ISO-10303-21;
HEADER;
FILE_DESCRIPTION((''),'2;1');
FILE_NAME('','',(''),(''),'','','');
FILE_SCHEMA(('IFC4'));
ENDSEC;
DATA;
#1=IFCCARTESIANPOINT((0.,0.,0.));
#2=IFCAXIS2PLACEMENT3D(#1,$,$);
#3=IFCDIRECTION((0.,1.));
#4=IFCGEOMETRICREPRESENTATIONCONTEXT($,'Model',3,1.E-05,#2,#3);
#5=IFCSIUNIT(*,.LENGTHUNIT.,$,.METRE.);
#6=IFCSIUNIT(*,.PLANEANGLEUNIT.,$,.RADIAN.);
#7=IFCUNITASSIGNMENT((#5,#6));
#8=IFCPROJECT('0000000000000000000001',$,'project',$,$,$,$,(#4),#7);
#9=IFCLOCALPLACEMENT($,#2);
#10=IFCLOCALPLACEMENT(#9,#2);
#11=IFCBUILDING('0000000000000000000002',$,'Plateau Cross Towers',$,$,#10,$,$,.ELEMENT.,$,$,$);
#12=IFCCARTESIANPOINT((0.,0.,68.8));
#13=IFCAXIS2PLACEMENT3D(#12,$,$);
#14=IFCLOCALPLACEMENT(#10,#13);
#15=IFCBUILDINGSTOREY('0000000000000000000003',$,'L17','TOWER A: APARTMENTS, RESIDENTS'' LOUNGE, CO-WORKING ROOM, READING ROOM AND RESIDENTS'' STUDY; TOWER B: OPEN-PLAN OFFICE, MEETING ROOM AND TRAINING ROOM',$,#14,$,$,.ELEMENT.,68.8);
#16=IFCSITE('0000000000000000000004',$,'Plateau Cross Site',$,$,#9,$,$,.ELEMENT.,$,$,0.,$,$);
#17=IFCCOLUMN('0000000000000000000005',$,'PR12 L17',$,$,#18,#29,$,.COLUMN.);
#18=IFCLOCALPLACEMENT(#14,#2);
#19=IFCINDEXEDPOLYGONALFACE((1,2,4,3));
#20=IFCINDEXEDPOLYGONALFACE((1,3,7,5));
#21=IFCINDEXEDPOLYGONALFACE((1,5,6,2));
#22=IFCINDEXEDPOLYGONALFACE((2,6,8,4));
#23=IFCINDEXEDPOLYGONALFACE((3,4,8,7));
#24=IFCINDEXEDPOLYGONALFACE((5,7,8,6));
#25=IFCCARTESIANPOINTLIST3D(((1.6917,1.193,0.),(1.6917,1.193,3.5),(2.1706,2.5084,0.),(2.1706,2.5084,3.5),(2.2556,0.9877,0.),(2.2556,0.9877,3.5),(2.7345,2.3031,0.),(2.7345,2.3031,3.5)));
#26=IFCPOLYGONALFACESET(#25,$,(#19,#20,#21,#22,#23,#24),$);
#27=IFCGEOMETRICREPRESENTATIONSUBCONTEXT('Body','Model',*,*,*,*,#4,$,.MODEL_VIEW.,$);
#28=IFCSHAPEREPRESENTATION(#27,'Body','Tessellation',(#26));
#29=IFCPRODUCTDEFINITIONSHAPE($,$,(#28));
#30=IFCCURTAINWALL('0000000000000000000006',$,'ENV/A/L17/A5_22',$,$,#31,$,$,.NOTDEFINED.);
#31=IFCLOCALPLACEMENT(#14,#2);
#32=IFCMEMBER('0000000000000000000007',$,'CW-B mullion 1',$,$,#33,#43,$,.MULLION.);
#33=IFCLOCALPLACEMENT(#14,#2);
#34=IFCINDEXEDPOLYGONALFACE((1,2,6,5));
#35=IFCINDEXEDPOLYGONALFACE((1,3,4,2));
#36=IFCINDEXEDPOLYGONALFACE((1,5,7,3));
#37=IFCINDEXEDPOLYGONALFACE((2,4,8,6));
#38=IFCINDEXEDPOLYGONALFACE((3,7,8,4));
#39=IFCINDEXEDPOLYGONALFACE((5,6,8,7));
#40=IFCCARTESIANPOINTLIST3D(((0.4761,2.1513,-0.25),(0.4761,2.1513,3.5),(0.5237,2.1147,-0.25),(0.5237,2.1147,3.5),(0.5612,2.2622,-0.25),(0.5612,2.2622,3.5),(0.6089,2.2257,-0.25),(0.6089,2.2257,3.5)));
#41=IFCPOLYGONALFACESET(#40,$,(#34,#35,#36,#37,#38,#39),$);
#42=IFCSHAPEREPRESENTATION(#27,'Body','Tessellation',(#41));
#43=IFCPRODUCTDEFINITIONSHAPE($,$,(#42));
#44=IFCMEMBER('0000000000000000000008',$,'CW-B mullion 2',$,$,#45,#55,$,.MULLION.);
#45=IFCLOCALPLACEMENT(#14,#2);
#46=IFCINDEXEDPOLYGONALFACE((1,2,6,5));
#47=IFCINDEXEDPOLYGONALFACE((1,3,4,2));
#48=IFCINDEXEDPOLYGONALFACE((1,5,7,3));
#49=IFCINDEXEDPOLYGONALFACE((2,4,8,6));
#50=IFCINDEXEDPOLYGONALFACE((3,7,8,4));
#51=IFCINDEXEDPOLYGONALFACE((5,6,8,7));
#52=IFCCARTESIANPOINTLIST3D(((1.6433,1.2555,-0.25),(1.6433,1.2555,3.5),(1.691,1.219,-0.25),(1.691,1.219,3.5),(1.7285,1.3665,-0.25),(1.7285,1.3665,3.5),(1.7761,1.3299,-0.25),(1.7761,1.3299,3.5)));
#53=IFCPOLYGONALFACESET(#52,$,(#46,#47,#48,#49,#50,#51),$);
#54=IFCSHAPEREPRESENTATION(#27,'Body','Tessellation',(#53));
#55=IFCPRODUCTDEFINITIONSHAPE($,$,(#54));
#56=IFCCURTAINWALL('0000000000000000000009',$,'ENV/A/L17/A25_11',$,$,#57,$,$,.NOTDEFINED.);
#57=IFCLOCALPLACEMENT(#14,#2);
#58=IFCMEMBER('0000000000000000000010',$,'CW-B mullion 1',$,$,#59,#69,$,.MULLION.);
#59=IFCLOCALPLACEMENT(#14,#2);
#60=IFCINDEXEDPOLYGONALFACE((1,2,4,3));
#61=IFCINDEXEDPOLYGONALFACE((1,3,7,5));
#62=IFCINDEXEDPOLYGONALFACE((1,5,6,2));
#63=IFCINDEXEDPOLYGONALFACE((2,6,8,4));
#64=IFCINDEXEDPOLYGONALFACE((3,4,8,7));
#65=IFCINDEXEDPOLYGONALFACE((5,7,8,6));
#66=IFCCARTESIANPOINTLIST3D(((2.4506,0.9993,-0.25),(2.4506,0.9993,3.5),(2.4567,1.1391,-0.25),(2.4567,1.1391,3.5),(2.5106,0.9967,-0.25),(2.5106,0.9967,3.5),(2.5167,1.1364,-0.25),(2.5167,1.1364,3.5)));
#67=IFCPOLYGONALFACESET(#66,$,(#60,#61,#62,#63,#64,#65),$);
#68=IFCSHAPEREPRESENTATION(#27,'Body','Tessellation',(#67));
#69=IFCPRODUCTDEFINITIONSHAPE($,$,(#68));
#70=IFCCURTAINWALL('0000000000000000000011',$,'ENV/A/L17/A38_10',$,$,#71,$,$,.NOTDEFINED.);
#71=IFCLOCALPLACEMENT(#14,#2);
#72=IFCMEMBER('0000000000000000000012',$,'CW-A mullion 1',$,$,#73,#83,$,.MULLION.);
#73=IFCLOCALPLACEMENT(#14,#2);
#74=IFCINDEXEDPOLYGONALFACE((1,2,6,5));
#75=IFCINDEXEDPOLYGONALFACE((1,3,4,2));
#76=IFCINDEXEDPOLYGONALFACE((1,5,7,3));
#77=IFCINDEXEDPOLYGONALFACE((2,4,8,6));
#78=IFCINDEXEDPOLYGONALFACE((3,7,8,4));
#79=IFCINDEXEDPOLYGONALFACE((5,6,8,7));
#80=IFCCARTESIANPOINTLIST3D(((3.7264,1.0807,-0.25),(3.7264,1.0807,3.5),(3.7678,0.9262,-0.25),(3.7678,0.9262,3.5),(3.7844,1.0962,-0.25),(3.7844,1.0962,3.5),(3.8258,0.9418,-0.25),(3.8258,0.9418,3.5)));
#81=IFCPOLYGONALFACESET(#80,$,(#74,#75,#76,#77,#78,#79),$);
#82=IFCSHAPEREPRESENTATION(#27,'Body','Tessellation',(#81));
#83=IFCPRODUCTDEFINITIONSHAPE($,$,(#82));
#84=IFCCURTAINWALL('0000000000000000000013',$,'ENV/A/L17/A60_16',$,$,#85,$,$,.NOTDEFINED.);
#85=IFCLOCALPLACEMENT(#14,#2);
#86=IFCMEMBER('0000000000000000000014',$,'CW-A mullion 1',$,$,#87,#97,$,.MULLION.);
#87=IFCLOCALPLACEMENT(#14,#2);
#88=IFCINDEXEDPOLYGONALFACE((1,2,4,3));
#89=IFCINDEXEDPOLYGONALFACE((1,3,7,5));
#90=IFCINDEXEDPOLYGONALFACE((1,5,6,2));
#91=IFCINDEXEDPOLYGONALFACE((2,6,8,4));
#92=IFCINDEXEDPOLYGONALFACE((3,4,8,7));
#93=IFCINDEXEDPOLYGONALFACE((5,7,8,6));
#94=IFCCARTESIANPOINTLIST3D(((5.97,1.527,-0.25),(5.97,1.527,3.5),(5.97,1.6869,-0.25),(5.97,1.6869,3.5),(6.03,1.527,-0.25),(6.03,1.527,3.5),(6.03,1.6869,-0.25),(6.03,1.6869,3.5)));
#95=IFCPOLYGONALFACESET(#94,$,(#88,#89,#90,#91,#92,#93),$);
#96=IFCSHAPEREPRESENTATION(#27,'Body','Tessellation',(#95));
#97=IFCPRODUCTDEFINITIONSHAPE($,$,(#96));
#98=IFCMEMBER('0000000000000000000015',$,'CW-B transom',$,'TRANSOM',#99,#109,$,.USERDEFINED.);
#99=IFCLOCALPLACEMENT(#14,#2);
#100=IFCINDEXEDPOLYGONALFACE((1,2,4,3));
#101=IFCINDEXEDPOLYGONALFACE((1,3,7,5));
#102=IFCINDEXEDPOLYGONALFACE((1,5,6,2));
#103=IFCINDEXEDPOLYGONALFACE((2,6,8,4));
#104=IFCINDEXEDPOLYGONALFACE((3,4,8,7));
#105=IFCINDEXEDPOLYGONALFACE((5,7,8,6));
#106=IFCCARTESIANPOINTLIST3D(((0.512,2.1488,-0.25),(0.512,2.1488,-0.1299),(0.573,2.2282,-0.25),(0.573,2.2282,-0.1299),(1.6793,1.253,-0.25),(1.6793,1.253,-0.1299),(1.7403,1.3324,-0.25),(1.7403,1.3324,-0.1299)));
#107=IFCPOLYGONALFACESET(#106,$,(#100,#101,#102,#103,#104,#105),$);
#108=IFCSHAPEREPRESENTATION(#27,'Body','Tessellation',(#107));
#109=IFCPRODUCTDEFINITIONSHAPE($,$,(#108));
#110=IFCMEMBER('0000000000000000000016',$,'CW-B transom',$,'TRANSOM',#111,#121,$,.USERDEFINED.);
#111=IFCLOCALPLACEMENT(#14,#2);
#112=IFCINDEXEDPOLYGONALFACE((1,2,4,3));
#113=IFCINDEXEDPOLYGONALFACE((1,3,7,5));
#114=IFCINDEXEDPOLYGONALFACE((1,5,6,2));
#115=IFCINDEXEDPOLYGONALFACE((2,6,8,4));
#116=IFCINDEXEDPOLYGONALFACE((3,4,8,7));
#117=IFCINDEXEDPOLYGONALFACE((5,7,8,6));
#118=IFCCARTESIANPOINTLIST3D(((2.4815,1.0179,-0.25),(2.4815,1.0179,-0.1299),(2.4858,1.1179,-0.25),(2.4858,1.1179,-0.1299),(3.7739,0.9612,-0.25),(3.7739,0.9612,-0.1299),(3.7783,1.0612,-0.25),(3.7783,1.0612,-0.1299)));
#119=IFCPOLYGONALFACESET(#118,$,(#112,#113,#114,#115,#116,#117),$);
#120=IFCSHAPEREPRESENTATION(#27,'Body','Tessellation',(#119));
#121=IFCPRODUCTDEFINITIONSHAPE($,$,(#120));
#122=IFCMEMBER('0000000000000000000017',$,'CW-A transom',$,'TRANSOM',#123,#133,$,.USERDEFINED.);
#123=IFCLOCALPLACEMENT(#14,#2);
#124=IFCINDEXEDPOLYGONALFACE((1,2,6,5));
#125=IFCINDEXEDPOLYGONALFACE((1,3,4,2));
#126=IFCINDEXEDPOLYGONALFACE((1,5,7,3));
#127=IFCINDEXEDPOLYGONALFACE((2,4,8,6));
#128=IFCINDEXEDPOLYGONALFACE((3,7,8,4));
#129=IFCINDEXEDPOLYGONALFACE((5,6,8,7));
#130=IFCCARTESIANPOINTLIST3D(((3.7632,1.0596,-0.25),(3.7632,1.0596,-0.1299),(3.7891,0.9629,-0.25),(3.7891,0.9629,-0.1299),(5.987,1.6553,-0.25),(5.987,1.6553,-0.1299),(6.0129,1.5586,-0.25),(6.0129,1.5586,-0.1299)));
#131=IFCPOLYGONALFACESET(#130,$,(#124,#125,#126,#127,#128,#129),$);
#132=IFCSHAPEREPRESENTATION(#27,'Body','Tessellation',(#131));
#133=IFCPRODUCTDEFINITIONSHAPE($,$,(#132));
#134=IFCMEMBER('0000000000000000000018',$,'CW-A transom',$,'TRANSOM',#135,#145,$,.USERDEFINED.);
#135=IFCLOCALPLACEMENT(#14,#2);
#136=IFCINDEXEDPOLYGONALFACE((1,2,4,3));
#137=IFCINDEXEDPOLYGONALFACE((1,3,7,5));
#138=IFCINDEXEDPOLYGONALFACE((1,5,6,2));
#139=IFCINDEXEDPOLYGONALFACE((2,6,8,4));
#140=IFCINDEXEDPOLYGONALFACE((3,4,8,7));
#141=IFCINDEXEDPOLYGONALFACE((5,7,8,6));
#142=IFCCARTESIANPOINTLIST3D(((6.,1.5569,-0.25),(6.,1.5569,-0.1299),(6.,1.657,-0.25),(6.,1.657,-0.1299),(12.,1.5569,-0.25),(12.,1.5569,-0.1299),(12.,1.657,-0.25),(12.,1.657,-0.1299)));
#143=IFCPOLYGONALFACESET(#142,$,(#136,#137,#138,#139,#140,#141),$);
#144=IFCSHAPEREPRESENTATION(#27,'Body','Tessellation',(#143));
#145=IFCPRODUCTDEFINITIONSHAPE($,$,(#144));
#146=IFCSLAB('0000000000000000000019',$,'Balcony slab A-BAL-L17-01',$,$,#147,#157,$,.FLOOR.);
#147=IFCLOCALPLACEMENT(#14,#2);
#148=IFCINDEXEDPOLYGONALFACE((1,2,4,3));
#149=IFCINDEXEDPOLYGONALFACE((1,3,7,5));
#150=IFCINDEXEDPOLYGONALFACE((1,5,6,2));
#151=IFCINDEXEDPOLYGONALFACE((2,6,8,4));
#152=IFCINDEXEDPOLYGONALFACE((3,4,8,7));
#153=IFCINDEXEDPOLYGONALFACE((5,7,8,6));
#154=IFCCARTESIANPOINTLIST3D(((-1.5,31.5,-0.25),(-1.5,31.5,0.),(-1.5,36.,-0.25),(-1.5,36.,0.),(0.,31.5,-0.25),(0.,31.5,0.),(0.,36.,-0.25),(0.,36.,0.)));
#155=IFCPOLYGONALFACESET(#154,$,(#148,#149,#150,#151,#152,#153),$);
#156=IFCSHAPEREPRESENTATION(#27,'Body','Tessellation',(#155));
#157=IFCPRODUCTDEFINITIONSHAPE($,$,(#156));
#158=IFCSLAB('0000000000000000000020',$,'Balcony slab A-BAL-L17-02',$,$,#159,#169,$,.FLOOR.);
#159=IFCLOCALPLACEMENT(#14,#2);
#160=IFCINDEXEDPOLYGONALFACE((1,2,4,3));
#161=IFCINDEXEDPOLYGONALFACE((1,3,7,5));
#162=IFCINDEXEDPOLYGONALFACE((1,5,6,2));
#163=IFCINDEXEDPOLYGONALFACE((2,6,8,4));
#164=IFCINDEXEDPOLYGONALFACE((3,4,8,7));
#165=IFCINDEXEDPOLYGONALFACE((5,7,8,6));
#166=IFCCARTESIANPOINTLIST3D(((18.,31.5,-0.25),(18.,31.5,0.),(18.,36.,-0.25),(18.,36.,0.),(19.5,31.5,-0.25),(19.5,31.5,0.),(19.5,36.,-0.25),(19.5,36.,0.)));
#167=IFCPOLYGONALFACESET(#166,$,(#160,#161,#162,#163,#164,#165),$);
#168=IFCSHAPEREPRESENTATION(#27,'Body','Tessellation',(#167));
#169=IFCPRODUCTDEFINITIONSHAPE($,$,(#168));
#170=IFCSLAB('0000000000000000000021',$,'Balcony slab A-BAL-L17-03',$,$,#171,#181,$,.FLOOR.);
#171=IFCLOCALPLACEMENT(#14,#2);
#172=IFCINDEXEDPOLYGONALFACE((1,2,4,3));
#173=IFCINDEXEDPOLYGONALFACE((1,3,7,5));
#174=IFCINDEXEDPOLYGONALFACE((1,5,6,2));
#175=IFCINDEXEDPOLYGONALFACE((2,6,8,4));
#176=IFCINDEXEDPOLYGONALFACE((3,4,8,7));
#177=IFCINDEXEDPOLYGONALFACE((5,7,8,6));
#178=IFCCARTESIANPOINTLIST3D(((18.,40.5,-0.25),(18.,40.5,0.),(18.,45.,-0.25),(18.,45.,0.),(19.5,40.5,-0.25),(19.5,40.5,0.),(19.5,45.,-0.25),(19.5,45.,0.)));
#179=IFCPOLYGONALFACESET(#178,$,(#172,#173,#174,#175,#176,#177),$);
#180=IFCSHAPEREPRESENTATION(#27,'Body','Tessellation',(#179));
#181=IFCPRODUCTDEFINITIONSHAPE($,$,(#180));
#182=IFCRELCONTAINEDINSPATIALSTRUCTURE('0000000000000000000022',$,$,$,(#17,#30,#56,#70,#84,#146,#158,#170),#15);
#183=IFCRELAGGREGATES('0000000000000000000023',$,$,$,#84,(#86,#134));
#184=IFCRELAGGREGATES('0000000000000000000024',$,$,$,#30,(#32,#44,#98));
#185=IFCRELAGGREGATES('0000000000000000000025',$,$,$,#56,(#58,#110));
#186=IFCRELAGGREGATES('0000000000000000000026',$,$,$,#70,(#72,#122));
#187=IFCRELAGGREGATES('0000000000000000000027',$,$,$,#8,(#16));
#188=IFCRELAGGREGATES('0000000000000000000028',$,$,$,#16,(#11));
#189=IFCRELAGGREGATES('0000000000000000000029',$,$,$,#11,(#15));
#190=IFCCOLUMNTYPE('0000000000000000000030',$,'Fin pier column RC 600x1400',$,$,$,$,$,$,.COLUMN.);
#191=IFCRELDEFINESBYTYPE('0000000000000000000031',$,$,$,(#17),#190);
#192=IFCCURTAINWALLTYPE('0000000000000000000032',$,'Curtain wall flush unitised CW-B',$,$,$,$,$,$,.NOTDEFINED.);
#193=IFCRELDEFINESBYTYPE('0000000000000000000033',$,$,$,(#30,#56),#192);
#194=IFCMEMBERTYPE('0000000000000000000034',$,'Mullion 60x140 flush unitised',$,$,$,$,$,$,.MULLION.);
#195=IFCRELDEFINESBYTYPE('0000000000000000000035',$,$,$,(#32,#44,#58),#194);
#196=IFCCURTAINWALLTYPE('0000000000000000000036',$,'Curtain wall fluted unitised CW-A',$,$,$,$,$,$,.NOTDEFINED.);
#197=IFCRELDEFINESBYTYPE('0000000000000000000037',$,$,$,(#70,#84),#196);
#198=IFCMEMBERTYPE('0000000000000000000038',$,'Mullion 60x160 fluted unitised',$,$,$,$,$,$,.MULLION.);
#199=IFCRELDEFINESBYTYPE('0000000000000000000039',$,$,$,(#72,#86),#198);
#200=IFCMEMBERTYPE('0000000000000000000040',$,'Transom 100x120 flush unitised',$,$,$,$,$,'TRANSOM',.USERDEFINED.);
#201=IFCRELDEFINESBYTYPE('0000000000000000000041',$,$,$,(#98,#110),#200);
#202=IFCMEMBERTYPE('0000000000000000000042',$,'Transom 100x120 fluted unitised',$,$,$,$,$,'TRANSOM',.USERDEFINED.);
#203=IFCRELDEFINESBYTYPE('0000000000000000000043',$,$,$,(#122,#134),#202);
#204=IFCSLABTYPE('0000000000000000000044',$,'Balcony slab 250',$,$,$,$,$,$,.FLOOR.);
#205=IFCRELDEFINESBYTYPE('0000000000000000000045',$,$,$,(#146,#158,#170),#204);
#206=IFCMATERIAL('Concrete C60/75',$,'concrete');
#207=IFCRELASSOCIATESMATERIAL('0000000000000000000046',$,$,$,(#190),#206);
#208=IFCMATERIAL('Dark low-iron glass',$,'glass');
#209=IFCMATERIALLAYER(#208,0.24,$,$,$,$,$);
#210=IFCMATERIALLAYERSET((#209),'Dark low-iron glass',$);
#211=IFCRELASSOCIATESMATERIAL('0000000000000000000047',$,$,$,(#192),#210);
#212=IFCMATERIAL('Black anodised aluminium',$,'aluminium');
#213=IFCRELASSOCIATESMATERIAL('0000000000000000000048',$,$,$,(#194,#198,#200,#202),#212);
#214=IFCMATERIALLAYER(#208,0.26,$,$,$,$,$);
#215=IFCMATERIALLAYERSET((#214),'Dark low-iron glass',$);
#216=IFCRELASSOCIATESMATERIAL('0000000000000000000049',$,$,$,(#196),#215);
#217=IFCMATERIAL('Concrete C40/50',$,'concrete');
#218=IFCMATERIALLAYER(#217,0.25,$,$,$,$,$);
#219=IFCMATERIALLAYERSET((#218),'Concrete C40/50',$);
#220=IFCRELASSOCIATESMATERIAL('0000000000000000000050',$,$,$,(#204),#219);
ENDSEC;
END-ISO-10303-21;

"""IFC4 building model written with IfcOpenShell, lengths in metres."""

from ifc_helpers import new_model, si_unit, direction, frame, origin, origin_2d, place, context, subcontext, project, spatial, polyline, rectangle, outline, extrude, material, layer, layer_set, material_profile, profile_set, type_object, element, aggregate, save


model = new_model("IFC4")

# Units and contexts
model_context = context("Model", 3, precision=1e-05, world=origin(), true_north=direction((0.0, 1.0)))
body_context = subcontext(model_context, "Body", "Model", "MODEL_VIEW")
ifc_project = project(units=[si_unit("LENGTHUNIT", "METRE"), si_unit("PLANEANGLEUNIT", "RADIAN")], contexts=[model_context])

# Site, building, storey
site_placement = place(None, origin())
site = spatial("IfcSite", under=ifc_project, at=site_placement, Name="Plateau Cross Site", CompositionType="ELEMENT", RefElevation=0.0)
building_placement = place(site_placement, origin())
building = spatial("IfcBuilding", under=site, at=building_placement, Name="Plateau Cross Towers", CompositionType="ELEMENT")
storey_placement = place(building_placement, frame((0.0, 0.0, 68.8)))
storey = spatial("IfcBuildingStorey", under=building, at=storey_placement, Name="L17", Description="TOWER A: APARTMENTS, RESIDENTS' LOUNGE, CO-WORKING ROOM, READING ROOM AND RESIDENTS' STUDY; TOWER B: OPEN-PLAN OFFICE, MEETING ROOM AND TRAINING ROOM", CompositionType="ELEMENT", Elevation=68.8)

# Column
ifc_material_1 = material(Name="Concrete C60/75", Category="concrete")
ifc_material_profile_1 = material_profile(ifc_material_1, rectangle(XDim=0.6001, YDim=1.3999, at=origin_2d()), Name="RC 600x1400")
ifc_profile_set_1 = profile_set([ifc_material_profile_1], Name="Concrete C60/75")
column_type = type_object("IfcColumnType", Name="Fin pier column RC 600x1400", PredefinedType="COLUMN", material=ifc_profile_set_1)
column_placement = place(storey_placement, frame((2.2131, 1.748, 0.0), z_axis=(0.0, 0.0, 1.0), x_axis=(-0.939664, 0.342098, 0.0)))
element("IfcColumn", 1, at=column_placement, inside=storey, type_object=column_type, Name="PR12 L17", PredefinedType="COLUMN", context=body_context, shape_type="SweptSolid", body=[
    extrude(rectangle(XDim=0.6001, YDim=1.3999, at=origin_2d()), origin(), (0.0, 0.0, 1.0), 3.5),
])

# Curtain wall, members
ifc_material_2 = material(Name="Dark low-iron glass", Category="glass")
ifc_layer_1 = layer(ifc_material_2, 0.24)
ifc_layer_set_1 = layer_set([ifc_layer_1], Name="Dark low-iron glass")
curtain_wall_type_1 = type_object("IfcCurtainWallType", Name="Curtain wall flush unitised CW-B", PredefinedType="NOTDEFINED", material=ifc_layer_set_1)
curtain_wall_1_placement = place(storey_placement, origin())
curtain_wall_1 = element("IfcCurtainWall", 2, at=curtain_wall_1_placement, inside=storey, type_object=curtain_wall_type_1, Name="ENV/A/L17/A5_22", PredefinedType="NOTDEFINED")
ifc_material_3 = material(Name="Black anodised aluminium", Category="aluminium")
ifc_material_profile_2 = material_profile(ifc_material_3, rectangle(XDim=0.0601, YDim=0.1399, at=origin_2d()), Name="MULLION 60x140")
ifc_profile_set_2 = profile_set([ifc_material_profile_2], Name="Black anodised aluminium")
member_type_1 = type_object("IfcMemberType", Name="Mullion 60x140 flush unitised", PredefinedType="MULLION", material=ifc_profile_set_2)
member_1_placement = place(storey_placement, frame((0.5425, 2.1885, -0.25), z_axis=(0.0, 0.0, 1.0), x_axis=(0.793316, -0.608811, 0.0)))
member_1 = element("IfcMember", 3, at=member_1_placement, type_object=member_type_1, Name="CW-B mullion 1", PredefinedType="MULLION", context=body_context, shape_type="SweptSolid", body=[
    extrude(rectangle(XDim=0.0601, YDim=0.1399, at=origin_2d()), origin(), (0.0, 0.0, 1.0), 3.75),
])
member_2_placement = place(storey_placement, frame((1.7097, 1.2927, -0.25), z_axis=(0.0, 0.0, 1.0), x_axis=(0.793316, -0.608811, 0.0)))
member_2 = element("IfcMember", 4, at=member_2_placement, type_object=member_type_1, Name="CW-B mullion 2", PredefinedType="MULLION", context=body_context, shape_type="SweptSolid", body=[
    extrude(rectangle(XDim=0.0601, YDim=0.1399, at=origin_2d()), origin(), (0.0, 0.0, 1.0), 3.75),
])

# Curtain walls, members
curtain_wall_2_placement = place(storey_placement, origin())
curtain_wall_2 = element("IfcCurtainWall", 5, at=curtain_wall_2_placement, inside=storey, type_object=curtain_wall_type_1, Name="ENV/A/L17/A25_11", PredefinedType="NOTDEFINED")
member_3_placement = place(storey_placement, frame((2.4836, 1.0679, -0.25), z_axis=(0.0, 0.0, 1.0), x_axis=(0.999044, -0.043723, 0.0)))
member_3 = element("IfcMember", 6, at=member_3_placement, type_object=member_type_1, Name="CW-B mullion 1", PredefinedType="MULLION", context=body_context, shape_type="SweptSolid", body=[
    extrude(rectangle(XDim=0.0601, YDim=0.1399, at=origin_2d()), origin(), (0.0, 0.0, 1.0), 3.75),
])
ifc_layer_2 = layer(ifc_material_2, 0.26)
ifc_layer_set_2 = layer_set([ifc_layer_2], Name="Dark low-iron glass")
curtain_wall_type_2 = type_object("IfcCurtainWallType", Name="Curtain wall fluted unitised CW-A", PredefinedType="NOTDEFINED", material=ifc_layer_set_2)
curtain_wall_3_placement = place(storey_placement, origin())
curtain_wall_3 = element("IfcCurtainWall", 7, at=curtain_wall_3_placement, inside=storey, type_object=curtain_wall_type_2, Name="ENV/A/L17/A38_10", PredefinedType="NOTDEFINED")
ifc_material_profile_3 = material_profile(ifc_material_3, rectangle(XDim=0.0601, YDim=0.1599, at=origin_2d()), Name="MULLION 60x160")
ifc_profile_set_3 = profile_set([ifc_material_profile_3], Name="Black anodised aluminium")
member_type_2 = type_object("IfcMemberType", Name="Mullion 60x160 fluted unitised", PredefinedType="MULLION", material=ifc_profile_set_3)
member_4_placement = place(storey_placement, frame((3.7761, 1.0112, -0.25), z_axis=(0.0, 0.0, 1.0), x_axis=(0.965958, 0.258699, 0.0)))
member_4 = element("IfcMember", 8, at=member_4_placement, type_object=member_type_2, Name="CW-A mullion 1", PredefinedType="MULLION", context=body_context, shape_type="SweptSolid", body=[
    extrude(rectangle(XDim=0.0601, YDim=0.1599, at=origin_2d()), origin(), (0.0, 0.0, 1.0), 3.75),
])
curtain_wall_4_placement = place(storey_placement, origin())
curtain_wall_4 = element("IfcCurtainWall", 9, at=curtain_wall_4_placement, inside=storey, type_object=curtain_wall_type_2, Name="ENV/A/L17/A60_16", PredefinedType="NOTDEFINED")
member_5_placement = place(storey_placement, frame((6.0, 1.6069, -0.25), z_axis=(0.0, 0.0, 1.0), x_axis=(1.0, 0.0, 0.0)))
member_5 = element("IfcMember", 10, at=member_5_placement, type_object=member_type_2, Name="CW-A mullion 1", PredefinedType="MULLION", context=body_context, shape_type="SweptSolid", body=[
    extrude(rectangle(XDim=0.0601, YDim=0.1599, at=origin_2d()), origin(), (0.0, 0.0, 1.0), 3.75),
])

# Members
ifc_material_profile_4 = material_profile(ifc_material_3, rectangle(XDim=0.1001, YDim=0.1201, at=origin_2d()), Name="TRANSOM 100x120")
ifc_profile_set_4 = profile_set([ifc_material_profile_4], Name="Black anodised aluminium")
member_type_3 = type_object("IfcMemberType", Name="Transom 100x120 flush unitised", ElementType="TRANSOM", PredefinedType="USERDEFINED", material=ifc_profile_set_4)
member_6_placement = place(storey_placement, frame((0.5425, 2.1885, -0.1899), z_axis=(0.793321, -0.608804, 0.0), x_axis=(0.608804, 0.793321, 0.0)))
member_6 = element("IfcMember", 11, at=member_6_placement, type_object=member_type_3, Name="CW-B transom", ObjectType="TRANSOM", PredefinedType="USERDEFINED", context=body_context, shape_type="SweptSolid", body=[
    extrude(rectangle(XDim=0.1001, YDim=0.1201, at=origin_2d()), origin(), (0.0, 0.0, 1.0), 1.4714),
])
member_7_placement = place(storey_placement, frame((2.4836, 1.0679, -0.1899), z_axis=(0.999041, -0.043781, 0.0), x_axis=(0.043781, 0.999041, 0.0)))
member_7 = element("IfcMember", 12, at=member_7_placement, type_object=member_type_3, Name="CW-B transom", ObjectType="TRANSOM", PredefinedType="USERDEFINED", context=body_context, shape_type="SweptSolid", body=[
    extrude(rectangle(XDim=0.1001, YDim=0.1201, at=origin_2d()), origin(), (0.0, 0.0, 1.0), 1.2937),
])
ifc_material_profile_5 = material_profile(ifc_material_3, rectangle(XDim=0.1001, YDim=0.1201, at=origin_2d()), Name="TRANSOM 100x120")
ifc_profile_set_5 = profile_set([ifc_material_profile_5], Name="Black anodised aluminium")
member_type_4 = type_object("IfcMemberType", Name="Transom 100x120 fluted unitised", ElementType="TRANSOM", PredefinedType="USERDEFINED", material=ifc_profile_set_5)
member_8_placement = place(storey_placement, frame((3.7761, 1.0112, -0.1899), z_axis=(0.965946, 0.258745, 0.0), x_axis=(-0.258745, 0.965946, 0.0)))
member_8 = element("IfcMember", 13, at=member_8_placement, type_object=member_type_4, Name="CW-A transom", ObjectType="TRANSOM", PredefinedType="USERDEFINED", context=body_context, shape_type="SweptSolid", body=[
    extrude(rectangle(XDim=0.1001, YDim=0.1201, at=origin_2d()), origin(), (0.0, 0.0, 1.0), 2.3022),
])
member_9_placement = place(storey_placement, frame((6.0, 1.6069, -0.1899), z_axis=(1.0, 0.0, 0.0), x_axis=(0.0, 1.0, 0.0)))
member_9 = element("IfcMember", 14, at=member_9_placement, type_object=member_type_4, Name="CW-A transom", ObjectType="TRANSOM", PredefinedType="USERDEFINED", context=body_context, shape_type="SweptSolid", body=[
    extrude(rectangle(XDim=0.1001, YDim=0.1201, at=origin_2d()), origin(), (0.0, 0.0, 1.0), 6.0),
])
aggregate(curtain_wall_4, [member_5, member_9])

# Slabs
ifc_material_4 = material(Name="Concrete C40/50", Category="concrete")
ifc_layer_3 = layer(ifc_material_4, 0.25)
ifc_layer_set_3 = layer_set([ifc_layer_3], Name="Concrete C40/50")
slab_type_1 = type_object("IfcSlabType", Name="Balcony slab 250", PredefinedType="FLOOR", material=ifc_layer_set_3)
slab_1_placement = place(storey_placement, frame((0.0, 0.0, -0.25)))
element("IfcSlab", 15, at=slab_1_placement, inside=storey, type_object=slab_type_1, Name="Balcony slab A-BAL-L17-01", PredefinedType="FLOOR", context=body_context, shape_type="SweptSolid", body=[
    extrude(outline(polyline([(0.0, 31.5), (0.0, 36.0), (-1.5, 36.0), (-1.5, 31.5), (0.0, 31.5)])), origin(), (0.0, 0.0, 1.0), 0.25),
])
slab_2_placement = place(storey_placement, frame((0.0, 0.0, -0.25)))
element("IfcSlab", 16, at=slab_2_placement, inside=storey, type_object=slab_type_1, Name="Balcony slab A-BAL-L17-02", PredefinedType="FLOOR", context=body_context, shape_type="SweptSolid", body=[
    extrude(outline(polyline([(19.5, 31.5), (19.5, 36.0), (18.0, 36.0), (18.0, 31.5), (19.5, 31.5)])), origin(), (0.0, 0.0, 1.0), 0.25),
])
slab_3_placement = place(storey_placement, frame((0.0, 0.0, -0.25)))
element("IfcSlab", 17, at=slab_3_placement, inside=storey, type_object=slab_type_1, Name="Balcony slab A-BAL-L17-03", PredefinedType="FLOOR", context=body_context, shape_type="SweptSolid", body=[
    extrude(outline(polyline([(19.5, 40.5), (19.5, 45.0), (18.0, 45.0), (18.0, 40.5), (19.5, 40.5)])), origin(), (0.0, 0.0, 1.0), 0.25),
])

aggregate(curtain_wall_1, [member_1, member_2, member_6])
aggregate(curtain_wall_2, [member_3, member_7])
aggregate(curtain_wall_3, [member_4, member_8])

save(model, "model.ifc")
